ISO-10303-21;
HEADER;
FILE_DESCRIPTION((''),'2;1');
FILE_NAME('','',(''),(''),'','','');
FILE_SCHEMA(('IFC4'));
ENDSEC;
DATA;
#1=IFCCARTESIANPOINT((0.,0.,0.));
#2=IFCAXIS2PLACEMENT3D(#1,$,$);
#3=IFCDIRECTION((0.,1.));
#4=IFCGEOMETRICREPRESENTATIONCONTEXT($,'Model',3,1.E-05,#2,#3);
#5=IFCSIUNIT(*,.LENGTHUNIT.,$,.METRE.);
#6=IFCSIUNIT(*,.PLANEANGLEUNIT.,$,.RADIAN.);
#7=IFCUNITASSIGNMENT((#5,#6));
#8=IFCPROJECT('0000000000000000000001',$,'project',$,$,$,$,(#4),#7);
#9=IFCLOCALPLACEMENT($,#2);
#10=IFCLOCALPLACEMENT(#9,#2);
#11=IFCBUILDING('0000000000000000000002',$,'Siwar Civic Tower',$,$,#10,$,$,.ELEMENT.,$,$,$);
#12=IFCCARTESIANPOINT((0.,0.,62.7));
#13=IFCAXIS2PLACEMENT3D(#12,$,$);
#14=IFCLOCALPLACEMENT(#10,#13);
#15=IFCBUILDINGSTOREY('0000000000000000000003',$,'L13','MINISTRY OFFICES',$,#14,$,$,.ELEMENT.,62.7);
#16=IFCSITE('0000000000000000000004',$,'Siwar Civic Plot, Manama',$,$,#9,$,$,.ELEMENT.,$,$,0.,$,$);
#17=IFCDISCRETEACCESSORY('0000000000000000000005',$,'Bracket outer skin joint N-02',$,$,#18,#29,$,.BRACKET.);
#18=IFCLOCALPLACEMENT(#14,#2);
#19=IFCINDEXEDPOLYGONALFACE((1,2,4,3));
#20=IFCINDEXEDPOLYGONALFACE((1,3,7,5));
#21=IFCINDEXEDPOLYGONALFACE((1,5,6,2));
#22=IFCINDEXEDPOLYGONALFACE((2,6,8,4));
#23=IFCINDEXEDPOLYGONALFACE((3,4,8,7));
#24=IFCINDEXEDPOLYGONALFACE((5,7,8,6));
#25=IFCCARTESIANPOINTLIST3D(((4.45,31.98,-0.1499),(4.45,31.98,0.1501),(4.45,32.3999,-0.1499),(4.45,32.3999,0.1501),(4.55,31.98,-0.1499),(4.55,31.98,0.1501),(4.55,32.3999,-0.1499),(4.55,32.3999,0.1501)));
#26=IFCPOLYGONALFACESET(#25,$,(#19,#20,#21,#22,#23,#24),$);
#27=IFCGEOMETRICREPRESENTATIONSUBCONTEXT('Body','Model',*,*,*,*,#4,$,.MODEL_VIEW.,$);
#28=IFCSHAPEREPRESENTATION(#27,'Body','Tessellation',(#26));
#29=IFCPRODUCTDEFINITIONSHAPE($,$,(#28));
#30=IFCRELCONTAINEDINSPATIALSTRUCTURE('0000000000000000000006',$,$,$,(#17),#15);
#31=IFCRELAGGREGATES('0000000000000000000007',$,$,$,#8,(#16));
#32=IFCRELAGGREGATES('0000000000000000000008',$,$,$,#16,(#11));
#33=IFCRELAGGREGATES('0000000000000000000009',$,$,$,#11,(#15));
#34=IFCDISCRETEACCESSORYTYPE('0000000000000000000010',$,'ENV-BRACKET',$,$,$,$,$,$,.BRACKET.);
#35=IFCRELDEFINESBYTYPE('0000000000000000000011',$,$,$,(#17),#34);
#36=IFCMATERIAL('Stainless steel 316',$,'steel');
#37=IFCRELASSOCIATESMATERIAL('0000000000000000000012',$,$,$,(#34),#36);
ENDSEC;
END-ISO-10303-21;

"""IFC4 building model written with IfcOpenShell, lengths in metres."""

from ifc_helpers import new_model, si_unit, direction, frame, origin, origin_2d, place, context, subcontext, project, spatial, rectangle, extrude, material, type_object, element, save


model = new_model("IFC4")

# Units and contexts
model_context = context("Model", 3, precision=1e-05, world=origin(), true_north=direction((0.0, 1.0)))
body_context = subcontext(model_context, "Body", "Model", "MODEL_VIEW")
ifc_project = project(units=[si_unit("LENGTHUNIT", "METRE"), si_unit("PLANEANGLEUNIT", "RADIAN")], contexts=[model_context])

# Site, building, storey
site_placement = place(None, origin())
site = spatial("IfcSite", under=ifc_project, at=site_placement, Name="Siwar Civic Plot, Manama", CompositionType="ELEMENT", RefElevation=0.0)
building_placement = place(site_placement, origin())
building = spatial("IfcBuilding", under=site, at=building_placement, Name="Siwar Civic Tower", CompositionType="ELEMENT")
storey_placement = place(building_placement, frame((0.0, 0.0, 62.7)))
storey = spatial("IfcBuildingStorey", under=building, at=storey_placement, Name="L13", Description="MINISTRY OFFICES", CompositionType="ELEMENT", Elevation=62.7)

# Discrete accessory
ifc_material_1 = material(Name="Stainless steel 316", Category="steel")
discrete_accessory_type = type_object("IfcDiscreteAccessoryType", Name="ENV-BRACKET", PredefinedType="BRACKET", material=ifc_material_1)
for number, where, z_axis, x_axis, name in (
    (1, (4.5, 32.1899, -0.1499), (0.0, 0.0, 1.0), (0.0, 1.0, 0.0), "Bracket outer skin joint N-02"),
):
    element("IfcDiscreteAccessory", number, at=place(storey_placement, frame(where, z_axis=z_axis, x_axis=x_axis)), inside=storey, type_object=discrete_accessory_type, Name=name, PredefinedType="BRACKET", context=body_context, shape_type="SweptSolid", body=[
        extrude(rectangle(XDim=0.4199, YDim=0.1001, at=origin_2d()), origin(), (0.0, 0.0, 1.0), 0.3),
    ])

save(model, "model.ifc")
